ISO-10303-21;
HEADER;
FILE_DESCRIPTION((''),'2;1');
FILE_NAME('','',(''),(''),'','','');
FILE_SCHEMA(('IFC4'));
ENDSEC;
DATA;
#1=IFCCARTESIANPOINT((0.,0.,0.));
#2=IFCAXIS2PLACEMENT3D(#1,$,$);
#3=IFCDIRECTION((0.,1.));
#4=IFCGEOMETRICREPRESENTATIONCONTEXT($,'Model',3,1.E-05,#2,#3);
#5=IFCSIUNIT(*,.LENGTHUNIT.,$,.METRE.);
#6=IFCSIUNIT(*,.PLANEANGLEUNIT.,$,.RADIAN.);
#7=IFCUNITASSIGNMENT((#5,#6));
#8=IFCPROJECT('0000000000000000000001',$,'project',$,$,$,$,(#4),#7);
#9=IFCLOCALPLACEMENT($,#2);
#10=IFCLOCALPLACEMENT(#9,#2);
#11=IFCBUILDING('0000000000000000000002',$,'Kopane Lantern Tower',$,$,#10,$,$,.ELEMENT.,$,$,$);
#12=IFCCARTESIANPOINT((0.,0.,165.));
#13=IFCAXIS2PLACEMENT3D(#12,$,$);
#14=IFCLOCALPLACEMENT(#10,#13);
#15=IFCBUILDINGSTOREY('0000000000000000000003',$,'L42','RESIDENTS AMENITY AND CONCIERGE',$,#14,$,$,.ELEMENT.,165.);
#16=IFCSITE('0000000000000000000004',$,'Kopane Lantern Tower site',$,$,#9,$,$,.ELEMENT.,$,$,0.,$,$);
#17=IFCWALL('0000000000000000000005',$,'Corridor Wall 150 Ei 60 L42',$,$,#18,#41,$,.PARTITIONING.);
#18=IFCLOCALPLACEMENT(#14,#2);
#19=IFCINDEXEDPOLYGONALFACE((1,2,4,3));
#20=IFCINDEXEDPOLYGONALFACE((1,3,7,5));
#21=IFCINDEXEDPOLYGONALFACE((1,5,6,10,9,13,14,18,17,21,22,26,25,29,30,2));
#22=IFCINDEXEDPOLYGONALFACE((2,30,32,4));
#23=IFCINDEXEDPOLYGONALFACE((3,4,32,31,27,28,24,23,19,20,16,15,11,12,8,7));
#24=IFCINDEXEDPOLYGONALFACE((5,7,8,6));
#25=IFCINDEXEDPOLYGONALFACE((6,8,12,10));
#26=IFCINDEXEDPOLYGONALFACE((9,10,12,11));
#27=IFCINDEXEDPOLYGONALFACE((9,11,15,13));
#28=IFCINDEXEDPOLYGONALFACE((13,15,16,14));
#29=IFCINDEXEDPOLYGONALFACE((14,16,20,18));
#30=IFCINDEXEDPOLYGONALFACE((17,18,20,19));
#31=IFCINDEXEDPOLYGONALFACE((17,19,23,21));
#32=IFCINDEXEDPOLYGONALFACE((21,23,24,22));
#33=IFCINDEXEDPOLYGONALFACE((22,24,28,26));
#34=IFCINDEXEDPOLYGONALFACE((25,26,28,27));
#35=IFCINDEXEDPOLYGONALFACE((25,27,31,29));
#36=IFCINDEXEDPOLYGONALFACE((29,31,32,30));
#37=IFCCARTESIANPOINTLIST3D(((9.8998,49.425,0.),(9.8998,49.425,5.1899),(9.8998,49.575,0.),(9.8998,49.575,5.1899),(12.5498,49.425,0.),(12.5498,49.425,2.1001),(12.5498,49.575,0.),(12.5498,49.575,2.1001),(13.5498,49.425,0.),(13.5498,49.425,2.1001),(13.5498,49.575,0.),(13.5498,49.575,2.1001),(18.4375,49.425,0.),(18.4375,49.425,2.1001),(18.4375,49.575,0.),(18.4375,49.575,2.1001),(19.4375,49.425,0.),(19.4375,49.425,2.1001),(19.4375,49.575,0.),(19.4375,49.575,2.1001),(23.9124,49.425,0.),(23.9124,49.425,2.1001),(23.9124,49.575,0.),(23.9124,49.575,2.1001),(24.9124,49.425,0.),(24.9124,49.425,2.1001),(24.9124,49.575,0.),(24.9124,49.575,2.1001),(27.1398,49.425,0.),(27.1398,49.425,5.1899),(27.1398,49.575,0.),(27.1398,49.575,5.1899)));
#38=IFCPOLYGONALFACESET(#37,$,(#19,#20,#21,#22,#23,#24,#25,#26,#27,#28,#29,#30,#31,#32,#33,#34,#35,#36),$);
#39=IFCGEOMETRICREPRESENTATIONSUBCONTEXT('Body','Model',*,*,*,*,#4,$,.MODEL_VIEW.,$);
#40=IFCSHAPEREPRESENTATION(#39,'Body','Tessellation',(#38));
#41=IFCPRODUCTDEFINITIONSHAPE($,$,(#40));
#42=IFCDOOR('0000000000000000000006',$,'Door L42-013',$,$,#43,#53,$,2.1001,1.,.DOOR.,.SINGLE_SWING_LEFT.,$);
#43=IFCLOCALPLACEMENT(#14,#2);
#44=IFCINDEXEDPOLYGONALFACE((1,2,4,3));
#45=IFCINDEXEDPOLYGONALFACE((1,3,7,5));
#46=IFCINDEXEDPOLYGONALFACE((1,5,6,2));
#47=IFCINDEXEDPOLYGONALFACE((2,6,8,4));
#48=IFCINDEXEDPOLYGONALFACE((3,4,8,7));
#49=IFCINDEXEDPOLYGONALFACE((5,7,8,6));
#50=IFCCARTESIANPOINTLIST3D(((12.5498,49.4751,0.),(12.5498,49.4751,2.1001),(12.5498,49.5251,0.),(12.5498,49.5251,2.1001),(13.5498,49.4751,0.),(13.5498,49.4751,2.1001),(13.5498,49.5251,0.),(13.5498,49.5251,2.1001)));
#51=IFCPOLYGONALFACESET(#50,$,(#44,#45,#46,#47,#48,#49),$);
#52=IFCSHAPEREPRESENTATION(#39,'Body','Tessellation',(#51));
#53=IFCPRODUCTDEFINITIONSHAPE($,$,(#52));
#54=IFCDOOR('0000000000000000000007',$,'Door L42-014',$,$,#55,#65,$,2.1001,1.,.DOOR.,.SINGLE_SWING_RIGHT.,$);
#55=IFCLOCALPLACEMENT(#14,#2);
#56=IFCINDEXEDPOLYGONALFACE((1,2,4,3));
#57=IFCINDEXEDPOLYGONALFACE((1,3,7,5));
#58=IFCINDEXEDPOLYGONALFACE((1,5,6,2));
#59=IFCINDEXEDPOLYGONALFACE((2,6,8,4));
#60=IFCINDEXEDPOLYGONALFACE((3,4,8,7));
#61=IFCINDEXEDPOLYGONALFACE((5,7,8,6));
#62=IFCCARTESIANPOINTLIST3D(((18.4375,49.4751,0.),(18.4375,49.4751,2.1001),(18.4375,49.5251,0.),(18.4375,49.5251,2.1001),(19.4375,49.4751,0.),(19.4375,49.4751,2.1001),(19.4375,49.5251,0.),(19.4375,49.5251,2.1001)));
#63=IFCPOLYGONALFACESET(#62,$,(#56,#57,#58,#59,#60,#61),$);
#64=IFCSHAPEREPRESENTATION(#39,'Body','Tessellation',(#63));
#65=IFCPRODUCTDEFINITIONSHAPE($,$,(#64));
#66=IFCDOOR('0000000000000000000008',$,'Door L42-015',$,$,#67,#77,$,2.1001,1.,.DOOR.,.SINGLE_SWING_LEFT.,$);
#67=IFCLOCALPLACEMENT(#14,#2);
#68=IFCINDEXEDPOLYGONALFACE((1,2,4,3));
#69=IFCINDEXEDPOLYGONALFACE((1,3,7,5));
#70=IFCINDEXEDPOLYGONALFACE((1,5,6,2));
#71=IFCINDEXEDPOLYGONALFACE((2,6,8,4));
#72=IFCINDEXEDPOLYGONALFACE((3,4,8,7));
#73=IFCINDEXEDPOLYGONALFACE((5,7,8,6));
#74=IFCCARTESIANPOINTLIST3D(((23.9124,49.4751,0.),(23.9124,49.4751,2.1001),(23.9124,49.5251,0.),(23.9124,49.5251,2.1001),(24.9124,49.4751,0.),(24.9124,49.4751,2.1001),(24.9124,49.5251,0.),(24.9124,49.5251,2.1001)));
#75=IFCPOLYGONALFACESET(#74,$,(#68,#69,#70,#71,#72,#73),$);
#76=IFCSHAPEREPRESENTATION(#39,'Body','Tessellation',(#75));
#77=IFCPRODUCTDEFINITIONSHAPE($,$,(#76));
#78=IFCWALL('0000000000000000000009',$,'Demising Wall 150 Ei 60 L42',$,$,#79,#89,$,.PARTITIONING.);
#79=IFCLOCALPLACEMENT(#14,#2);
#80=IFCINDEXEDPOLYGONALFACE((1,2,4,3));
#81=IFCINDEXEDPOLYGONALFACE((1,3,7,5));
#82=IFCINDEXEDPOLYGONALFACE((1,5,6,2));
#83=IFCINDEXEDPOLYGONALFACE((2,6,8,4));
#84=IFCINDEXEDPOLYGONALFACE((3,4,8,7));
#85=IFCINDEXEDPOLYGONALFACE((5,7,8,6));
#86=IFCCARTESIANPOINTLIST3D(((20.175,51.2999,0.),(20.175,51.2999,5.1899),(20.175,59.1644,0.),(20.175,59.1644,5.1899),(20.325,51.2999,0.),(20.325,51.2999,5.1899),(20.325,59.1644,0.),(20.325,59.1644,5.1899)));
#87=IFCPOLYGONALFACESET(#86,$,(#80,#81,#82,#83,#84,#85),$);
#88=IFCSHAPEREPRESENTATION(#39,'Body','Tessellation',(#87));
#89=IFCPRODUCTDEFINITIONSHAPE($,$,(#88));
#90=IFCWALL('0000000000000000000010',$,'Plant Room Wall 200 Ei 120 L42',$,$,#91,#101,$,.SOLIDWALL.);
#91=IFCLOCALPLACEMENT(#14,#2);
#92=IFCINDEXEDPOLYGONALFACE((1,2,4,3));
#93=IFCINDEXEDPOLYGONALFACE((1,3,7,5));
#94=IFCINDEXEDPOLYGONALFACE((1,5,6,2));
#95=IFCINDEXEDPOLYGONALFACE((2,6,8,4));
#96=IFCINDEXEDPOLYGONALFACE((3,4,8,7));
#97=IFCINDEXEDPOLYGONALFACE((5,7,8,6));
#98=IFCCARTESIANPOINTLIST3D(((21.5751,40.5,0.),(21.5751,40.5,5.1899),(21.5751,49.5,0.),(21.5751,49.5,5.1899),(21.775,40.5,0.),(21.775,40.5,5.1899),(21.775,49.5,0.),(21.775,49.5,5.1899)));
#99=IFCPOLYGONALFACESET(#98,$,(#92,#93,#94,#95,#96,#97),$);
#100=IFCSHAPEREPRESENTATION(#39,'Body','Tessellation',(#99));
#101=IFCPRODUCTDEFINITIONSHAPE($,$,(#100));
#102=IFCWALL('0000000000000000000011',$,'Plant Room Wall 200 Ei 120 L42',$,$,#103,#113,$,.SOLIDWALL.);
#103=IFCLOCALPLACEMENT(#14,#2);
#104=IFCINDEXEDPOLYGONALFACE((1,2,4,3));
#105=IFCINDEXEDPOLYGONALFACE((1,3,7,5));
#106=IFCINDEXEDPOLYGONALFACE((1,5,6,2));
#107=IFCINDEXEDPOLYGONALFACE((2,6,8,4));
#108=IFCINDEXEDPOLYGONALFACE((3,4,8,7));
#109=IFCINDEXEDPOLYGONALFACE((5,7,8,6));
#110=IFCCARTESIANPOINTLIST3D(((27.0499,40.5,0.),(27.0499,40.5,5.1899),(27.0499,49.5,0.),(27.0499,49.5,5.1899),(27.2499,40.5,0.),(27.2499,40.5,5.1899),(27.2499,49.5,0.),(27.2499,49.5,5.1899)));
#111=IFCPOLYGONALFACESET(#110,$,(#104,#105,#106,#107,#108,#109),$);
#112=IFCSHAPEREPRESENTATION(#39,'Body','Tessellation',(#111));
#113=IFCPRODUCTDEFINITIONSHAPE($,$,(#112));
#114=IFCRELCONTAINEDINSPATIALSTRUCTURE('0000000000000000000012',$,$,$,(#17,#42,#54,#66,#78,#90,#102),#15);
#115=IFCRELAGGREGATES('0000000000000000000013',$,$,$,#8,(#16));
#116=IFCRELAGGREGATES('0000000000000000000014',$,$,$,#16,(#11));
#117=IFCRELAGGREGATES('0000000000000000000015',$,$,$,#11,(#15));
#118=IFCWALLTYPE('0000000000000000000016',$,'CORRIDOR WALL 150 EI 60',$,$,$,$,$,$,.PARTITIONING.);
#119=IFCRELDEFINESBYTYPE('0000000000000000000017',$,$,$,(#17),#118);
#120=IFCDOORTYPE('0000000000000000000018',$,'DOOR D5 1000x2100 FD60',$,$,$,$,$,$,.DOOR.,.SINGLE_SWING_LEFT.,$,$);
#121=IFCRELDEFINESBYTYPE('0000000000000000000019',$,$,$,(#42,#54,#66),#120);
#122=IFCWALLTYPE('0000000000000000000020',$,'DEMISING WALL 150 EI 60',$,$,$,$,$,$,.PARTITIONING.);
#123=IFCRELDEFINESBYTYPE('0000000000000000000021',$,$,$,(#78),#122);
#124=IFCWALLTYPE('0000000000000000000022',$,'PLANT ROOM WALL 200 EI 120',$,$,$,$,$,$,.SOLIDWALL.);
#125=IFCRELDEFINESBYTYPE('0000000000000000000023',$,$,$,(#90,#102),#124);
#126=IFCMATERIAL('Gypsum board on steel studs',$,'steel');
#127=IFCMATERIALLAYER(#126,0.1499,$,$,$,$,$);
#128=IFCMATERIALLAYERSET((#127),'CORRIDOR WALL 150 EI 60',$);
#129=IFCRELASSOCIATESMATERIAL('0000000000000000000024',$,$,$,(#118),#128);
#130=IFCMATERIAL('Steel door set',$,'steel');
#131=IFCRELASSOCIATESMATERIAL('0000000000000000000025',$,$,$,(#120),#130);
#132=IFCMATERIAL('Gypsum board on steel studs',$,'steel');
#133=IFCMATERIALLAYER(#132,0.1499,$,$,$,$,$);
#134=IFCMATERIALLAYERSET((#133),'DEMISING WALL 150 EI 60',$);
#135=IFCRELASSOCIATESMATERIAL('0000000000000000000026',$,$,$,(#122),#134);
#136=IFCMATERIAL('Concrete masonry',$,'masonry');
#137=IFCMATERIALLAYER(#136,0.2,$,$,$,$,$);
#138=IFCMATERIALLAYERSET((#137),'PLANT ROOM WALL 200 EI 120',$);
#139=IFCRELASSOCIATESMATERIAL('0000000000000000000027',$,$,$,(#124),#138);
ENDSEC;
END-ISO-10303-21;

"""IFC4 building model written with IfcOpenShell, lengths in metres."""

from ifc_helpers import new_model, si_unit, direction, frame, frame_2d, origin, place, context, subcontext, project, spatial, rectangle, extrude, material, layer, layer_set, type_object, element, fill, save


model = new_model("IFC4")

# Units and contexts
model_context = context("Model", 3, precision=1e-05, world=origin(), true_north=direction((0.0, 1.0)))
body_context = subcontext(model_context, "Body", "Model", "MODEL_VIEW")
ifc_project = project(units=[si_unit("LENGTHUNIT", "METRE"), si_unit("PLANEANGLEUNIT", "RADIAN")], contexts=[model_context])

# Site, building, storey
site_placement = place(None, origin())
site = spatial("IfcSite", under=ifc_project, at=site_placement, Name="Kopane Lantern Tower site", CompositionType="ELEMENT", RefElevation=0.0)
building_placement = place(site_placement, origin())
building = spatial("IfcBuilding", under=site, at=building_placement, Name="Kopane Lantern Tower", CompositionType="ELEMENT")
storey_placement = place(building_placement, frame((0.0, 0.0, 165.0)))
storey = spatial("IfcBuildingStorey", under=building, at=storey_placement, Name="L42", Description="RESIDENTS AMENITY AND CONCIERGE", CompositionType="ELEMENT", Elevation=165.0)

# Wall, openings, doors
ifc_material_1 = material(Name="Gypsum board on steel studs", Category="steel")
ifc_layer_1 = layer(ifc_material_1, 0.1499)
ifc_layer_set_1 = layer_set([ifc_layer_1], Name="CORRIDOR WALL 150 EI 60")
wall_type_1 = type_object("IfcWallType", Name="CORRIDOR WALL 150 EI 60", PredefinedType="PARTITIONING", material=ifc_layer_set_1)
wall_1_placement = place(storey_placement, frame((27.1399, 49.5, 0.0), z_axis=(0.0, 0.0, 1.0), x_axis=(-1.0, 0.0, 0.0)))
wall_1 = element("IfcWall", 1, at=wall_1_placement, inside=storey, type_object=wall_type_1, Name="Corridor Wall 150 Ei 60 L42", PredefinedType="PARTITIONING", context=body_context, shape_type="SweptSolid", body=[
    extrude(rectangle(XDim=17.24, YDim=0.1499, at=frame_2d((8.6201, 0.0))), origin(), (0.0, 0.0, 1.0), 5.1899),
])
opening_1_placement = place(wall_1_placement, frame((13.5901, 0.0, 0.0)))
opening_1 = element("IfcOpeningElement", 2, at=opening_1_placement, cuts=wall_1, PredefinedType="OPENING", context=body_context, shape_type="SweptSolid", body=[
    extrude(rectangle(XDim=1.0, YDim=2.1001, at=frame_2d((0.5, 1.05))), frame((0.0, 0.085, 0.0), z_axis=(0.0, -1.0, 0.0), x_axis=(1.0, 0.0, 0.0)), (0.0, 0.0, 1.0), 0.1699),
])
opening_2_placement = place(wall_1_placement, frame((7.7024, 0.0, 0.0)))
opening_2 = element("IfcOpeningElement", 3, at=opening_2_placement, cuts=wall_1, PredefinedType="OPENING", context=body_context, shape_type="SweptSolid", body=[
    extrude(rectangle(XDim=1.0, YDim=2.1001, at=frame_2d((0.5, 1.05))), frame((0.0, 0.085, 0.0), z_axis=(0.0, -1.0, 0.0), x_axis=(1.0, 0.0, 0.0)), (0.0, 0.0, 1.0), 0.1699),
])
opening_3_placement = place(wall_1_placement, frame((2.2275, 0.0, 0.0)))
opening_3 = element("IfcOpeningElement", 4, at=opening_3_placement, cuts=wall_1, PredefinedType="OPENING", context=body_context, shape_type="SweptSolid", body=[
    extrude(rectangle(XDim=1.0, YDim=2.1001, at=frame_2d((0.5, 1.05))), frame((0.0, 0.085, 0.0), z_axis=(0.0, -1.0, 0.0), x_axis=(1.0, 0.0, 0.0)), (0.0, 0.0, 1.0), 0.1699),
])
ifc_material_2 = material(Name="Steel door set", Category="steel")
door_type = type_object("IfcDoorType", Name="DOOR D5 1000x2100 FD60", OperationType="SINGLE_SWING_LEFT", PredefinedType="DOOR", material=ifc_material_2)
door_1_placement = place(opening_1_placement, origin())
door_1 = element("IfcDoor", 5, at=door_1_placement, inside=storey, type_object=door_type, Name="Door L42-013", OperationType="SINGLE_SWING_LEFT", OverallHeight=2.1001, OverallWidth=1.0, PredefinedType="DOOR", context=body_context, shape_type="SweptSolid", body=[
    extrude(rectangle(XDim=1.0, YDim=2.1001, at=frame_2d((0.5, 1.05))), frame((0.0, 0.0249, 0.0), z_axis=(0.0, -1.0, 0.0), x_axis=(1.0, 0.0, 0.0)), (0.0, 0.0, 1.0), 0.05),
])
fill(opening_1, door_1)
door_2_placement = place(opening_2_placement, origin())
door_2 = element("IfcDoor", 6, at=door_2_placement, inside=storey, type_object=door_type, Name="Door L42-014", OperationType="SINGLE_SWING_RIGHT", OverallHeight=2.1001, OverallWidth=1.0, PredefinedType="DOOR", context=body_context, shape_type="SweptSolid", body=[
    extrude(rectangle(XDim=1.0, YDim=2.1001, at=frame_2d((0.5, 1.05))), frame((0.0, 0.0249, 0.0), z_axis=(0.0, -1.0, 0.0), x_axis=(1.0, 0.0, 0.0)), (0.0, 0.0, 1.0), 0.05),
])
fill(opening_2, door_2)
door_3_placement = place(opening_3_placement, origin())
door_3 = element("IfcDoor", 7, at=door_3_placement, inside=storey, type_object=door_type, Name="Door L42-015", OperationType="SINGLE_SWING_LEFT", OverallHeight=2.1001, OverallWidth=1.0, PredefinedType="DOOR", context=body_context, shape_type="SweptSolid", body=[
    extrude(rectangle(XDim=1.0, YDim=2.1001, at=frame_2d((0.5, 1.05))), frame((0.0, 0.0249, 0.0), z_axis=(0.0, -1.0, 0.0), x_axis=(1.0, 0.0, 0.0)), (0.0, 0.0, 1.0), 0.05),
])
fill(opening_3, door_3)

# Walls
ifc_material_3 = material(Name="Gypsum board on steel studs", Category="steel")
ifc_layer_2 = layer(ifc_material_3, 0.1499)
ifc_layer_set_2 = layer_set([ifc_layer_2], Name="DEMISING WALL 150 EI 60")
wall_type_2 = type_object("IfcWallType", Name="DEMISING WALL 150 EI 60", PredefinedType="PARTITIONING", material=ifc_layer_set_2)
wall_2_placement = place(storey_placement, frame((20.25, 51.3, 0.0), z_axis=(0.0, 0.0, 1.0), x_axis=(0.0, 1.0, 0.0)))
element("IfcWall", 8, at=wall_2_placement, inside=storey, type_object=wall_type_2, Name="Demising Wall 150 Ei 60 L42", PredefinedType="PARTITIONING", context=body_context, shape_type="SweptSolid", body=[
    extrude(rectangle(XDim=7.8645, YDim=0.1499, at=frame_2d((3.9321, 0.0))), origin(), (0.0, 0.0, 1.0), 5.1899),
])
ifc_material_4 = material(Name="Concrete masonry", Category="masonry")
ifc_layer_3 = layer(ifc_material_4, 0.2)
ifc_layer_set_3 = layer_set([ifc_layer_3], Name="PLANT ROOM WALL 200 EI 120")
wall_type_3 = type_object("IfcWallType", Name="PLANT ROOM WALL 200 EI 120", PredefinedType="SOLIDWALL", material=ifc_layer_set_3)
for number, where, z_axis, x_axis, name in (
    (9, (21.675, 49.5, 0.0), (0.0, 0.0, 1.0), (0.0, -1.0, 0.0), "Plant Room Wall 200 Ei 120 L42"),
    (10, (27.1499, 40.5, 0.0), (0.0, 0.0, 1.0), (0.0, 1.0, 0.0), "Plant Room Wall 200 Ei 120 L42"),
):
    element("IfcWall", number, at=place(storey_placement, frame(where, z_axis=z_axis, x_axis=x_axis)), inside=storey, type_object=wall_type_3, Name=name, PredefinedType="SOLIDWALL", context=body_context, shape_type="SweptSolid", body=[
        extrude(rectangle(XDim=9.0, YDim=0.2, at=frame_2d((4.5, 0.0))), origin(), (0.0, 0.0, 1.0), 5.1899),
    ])

save(model, "model.ifc")
